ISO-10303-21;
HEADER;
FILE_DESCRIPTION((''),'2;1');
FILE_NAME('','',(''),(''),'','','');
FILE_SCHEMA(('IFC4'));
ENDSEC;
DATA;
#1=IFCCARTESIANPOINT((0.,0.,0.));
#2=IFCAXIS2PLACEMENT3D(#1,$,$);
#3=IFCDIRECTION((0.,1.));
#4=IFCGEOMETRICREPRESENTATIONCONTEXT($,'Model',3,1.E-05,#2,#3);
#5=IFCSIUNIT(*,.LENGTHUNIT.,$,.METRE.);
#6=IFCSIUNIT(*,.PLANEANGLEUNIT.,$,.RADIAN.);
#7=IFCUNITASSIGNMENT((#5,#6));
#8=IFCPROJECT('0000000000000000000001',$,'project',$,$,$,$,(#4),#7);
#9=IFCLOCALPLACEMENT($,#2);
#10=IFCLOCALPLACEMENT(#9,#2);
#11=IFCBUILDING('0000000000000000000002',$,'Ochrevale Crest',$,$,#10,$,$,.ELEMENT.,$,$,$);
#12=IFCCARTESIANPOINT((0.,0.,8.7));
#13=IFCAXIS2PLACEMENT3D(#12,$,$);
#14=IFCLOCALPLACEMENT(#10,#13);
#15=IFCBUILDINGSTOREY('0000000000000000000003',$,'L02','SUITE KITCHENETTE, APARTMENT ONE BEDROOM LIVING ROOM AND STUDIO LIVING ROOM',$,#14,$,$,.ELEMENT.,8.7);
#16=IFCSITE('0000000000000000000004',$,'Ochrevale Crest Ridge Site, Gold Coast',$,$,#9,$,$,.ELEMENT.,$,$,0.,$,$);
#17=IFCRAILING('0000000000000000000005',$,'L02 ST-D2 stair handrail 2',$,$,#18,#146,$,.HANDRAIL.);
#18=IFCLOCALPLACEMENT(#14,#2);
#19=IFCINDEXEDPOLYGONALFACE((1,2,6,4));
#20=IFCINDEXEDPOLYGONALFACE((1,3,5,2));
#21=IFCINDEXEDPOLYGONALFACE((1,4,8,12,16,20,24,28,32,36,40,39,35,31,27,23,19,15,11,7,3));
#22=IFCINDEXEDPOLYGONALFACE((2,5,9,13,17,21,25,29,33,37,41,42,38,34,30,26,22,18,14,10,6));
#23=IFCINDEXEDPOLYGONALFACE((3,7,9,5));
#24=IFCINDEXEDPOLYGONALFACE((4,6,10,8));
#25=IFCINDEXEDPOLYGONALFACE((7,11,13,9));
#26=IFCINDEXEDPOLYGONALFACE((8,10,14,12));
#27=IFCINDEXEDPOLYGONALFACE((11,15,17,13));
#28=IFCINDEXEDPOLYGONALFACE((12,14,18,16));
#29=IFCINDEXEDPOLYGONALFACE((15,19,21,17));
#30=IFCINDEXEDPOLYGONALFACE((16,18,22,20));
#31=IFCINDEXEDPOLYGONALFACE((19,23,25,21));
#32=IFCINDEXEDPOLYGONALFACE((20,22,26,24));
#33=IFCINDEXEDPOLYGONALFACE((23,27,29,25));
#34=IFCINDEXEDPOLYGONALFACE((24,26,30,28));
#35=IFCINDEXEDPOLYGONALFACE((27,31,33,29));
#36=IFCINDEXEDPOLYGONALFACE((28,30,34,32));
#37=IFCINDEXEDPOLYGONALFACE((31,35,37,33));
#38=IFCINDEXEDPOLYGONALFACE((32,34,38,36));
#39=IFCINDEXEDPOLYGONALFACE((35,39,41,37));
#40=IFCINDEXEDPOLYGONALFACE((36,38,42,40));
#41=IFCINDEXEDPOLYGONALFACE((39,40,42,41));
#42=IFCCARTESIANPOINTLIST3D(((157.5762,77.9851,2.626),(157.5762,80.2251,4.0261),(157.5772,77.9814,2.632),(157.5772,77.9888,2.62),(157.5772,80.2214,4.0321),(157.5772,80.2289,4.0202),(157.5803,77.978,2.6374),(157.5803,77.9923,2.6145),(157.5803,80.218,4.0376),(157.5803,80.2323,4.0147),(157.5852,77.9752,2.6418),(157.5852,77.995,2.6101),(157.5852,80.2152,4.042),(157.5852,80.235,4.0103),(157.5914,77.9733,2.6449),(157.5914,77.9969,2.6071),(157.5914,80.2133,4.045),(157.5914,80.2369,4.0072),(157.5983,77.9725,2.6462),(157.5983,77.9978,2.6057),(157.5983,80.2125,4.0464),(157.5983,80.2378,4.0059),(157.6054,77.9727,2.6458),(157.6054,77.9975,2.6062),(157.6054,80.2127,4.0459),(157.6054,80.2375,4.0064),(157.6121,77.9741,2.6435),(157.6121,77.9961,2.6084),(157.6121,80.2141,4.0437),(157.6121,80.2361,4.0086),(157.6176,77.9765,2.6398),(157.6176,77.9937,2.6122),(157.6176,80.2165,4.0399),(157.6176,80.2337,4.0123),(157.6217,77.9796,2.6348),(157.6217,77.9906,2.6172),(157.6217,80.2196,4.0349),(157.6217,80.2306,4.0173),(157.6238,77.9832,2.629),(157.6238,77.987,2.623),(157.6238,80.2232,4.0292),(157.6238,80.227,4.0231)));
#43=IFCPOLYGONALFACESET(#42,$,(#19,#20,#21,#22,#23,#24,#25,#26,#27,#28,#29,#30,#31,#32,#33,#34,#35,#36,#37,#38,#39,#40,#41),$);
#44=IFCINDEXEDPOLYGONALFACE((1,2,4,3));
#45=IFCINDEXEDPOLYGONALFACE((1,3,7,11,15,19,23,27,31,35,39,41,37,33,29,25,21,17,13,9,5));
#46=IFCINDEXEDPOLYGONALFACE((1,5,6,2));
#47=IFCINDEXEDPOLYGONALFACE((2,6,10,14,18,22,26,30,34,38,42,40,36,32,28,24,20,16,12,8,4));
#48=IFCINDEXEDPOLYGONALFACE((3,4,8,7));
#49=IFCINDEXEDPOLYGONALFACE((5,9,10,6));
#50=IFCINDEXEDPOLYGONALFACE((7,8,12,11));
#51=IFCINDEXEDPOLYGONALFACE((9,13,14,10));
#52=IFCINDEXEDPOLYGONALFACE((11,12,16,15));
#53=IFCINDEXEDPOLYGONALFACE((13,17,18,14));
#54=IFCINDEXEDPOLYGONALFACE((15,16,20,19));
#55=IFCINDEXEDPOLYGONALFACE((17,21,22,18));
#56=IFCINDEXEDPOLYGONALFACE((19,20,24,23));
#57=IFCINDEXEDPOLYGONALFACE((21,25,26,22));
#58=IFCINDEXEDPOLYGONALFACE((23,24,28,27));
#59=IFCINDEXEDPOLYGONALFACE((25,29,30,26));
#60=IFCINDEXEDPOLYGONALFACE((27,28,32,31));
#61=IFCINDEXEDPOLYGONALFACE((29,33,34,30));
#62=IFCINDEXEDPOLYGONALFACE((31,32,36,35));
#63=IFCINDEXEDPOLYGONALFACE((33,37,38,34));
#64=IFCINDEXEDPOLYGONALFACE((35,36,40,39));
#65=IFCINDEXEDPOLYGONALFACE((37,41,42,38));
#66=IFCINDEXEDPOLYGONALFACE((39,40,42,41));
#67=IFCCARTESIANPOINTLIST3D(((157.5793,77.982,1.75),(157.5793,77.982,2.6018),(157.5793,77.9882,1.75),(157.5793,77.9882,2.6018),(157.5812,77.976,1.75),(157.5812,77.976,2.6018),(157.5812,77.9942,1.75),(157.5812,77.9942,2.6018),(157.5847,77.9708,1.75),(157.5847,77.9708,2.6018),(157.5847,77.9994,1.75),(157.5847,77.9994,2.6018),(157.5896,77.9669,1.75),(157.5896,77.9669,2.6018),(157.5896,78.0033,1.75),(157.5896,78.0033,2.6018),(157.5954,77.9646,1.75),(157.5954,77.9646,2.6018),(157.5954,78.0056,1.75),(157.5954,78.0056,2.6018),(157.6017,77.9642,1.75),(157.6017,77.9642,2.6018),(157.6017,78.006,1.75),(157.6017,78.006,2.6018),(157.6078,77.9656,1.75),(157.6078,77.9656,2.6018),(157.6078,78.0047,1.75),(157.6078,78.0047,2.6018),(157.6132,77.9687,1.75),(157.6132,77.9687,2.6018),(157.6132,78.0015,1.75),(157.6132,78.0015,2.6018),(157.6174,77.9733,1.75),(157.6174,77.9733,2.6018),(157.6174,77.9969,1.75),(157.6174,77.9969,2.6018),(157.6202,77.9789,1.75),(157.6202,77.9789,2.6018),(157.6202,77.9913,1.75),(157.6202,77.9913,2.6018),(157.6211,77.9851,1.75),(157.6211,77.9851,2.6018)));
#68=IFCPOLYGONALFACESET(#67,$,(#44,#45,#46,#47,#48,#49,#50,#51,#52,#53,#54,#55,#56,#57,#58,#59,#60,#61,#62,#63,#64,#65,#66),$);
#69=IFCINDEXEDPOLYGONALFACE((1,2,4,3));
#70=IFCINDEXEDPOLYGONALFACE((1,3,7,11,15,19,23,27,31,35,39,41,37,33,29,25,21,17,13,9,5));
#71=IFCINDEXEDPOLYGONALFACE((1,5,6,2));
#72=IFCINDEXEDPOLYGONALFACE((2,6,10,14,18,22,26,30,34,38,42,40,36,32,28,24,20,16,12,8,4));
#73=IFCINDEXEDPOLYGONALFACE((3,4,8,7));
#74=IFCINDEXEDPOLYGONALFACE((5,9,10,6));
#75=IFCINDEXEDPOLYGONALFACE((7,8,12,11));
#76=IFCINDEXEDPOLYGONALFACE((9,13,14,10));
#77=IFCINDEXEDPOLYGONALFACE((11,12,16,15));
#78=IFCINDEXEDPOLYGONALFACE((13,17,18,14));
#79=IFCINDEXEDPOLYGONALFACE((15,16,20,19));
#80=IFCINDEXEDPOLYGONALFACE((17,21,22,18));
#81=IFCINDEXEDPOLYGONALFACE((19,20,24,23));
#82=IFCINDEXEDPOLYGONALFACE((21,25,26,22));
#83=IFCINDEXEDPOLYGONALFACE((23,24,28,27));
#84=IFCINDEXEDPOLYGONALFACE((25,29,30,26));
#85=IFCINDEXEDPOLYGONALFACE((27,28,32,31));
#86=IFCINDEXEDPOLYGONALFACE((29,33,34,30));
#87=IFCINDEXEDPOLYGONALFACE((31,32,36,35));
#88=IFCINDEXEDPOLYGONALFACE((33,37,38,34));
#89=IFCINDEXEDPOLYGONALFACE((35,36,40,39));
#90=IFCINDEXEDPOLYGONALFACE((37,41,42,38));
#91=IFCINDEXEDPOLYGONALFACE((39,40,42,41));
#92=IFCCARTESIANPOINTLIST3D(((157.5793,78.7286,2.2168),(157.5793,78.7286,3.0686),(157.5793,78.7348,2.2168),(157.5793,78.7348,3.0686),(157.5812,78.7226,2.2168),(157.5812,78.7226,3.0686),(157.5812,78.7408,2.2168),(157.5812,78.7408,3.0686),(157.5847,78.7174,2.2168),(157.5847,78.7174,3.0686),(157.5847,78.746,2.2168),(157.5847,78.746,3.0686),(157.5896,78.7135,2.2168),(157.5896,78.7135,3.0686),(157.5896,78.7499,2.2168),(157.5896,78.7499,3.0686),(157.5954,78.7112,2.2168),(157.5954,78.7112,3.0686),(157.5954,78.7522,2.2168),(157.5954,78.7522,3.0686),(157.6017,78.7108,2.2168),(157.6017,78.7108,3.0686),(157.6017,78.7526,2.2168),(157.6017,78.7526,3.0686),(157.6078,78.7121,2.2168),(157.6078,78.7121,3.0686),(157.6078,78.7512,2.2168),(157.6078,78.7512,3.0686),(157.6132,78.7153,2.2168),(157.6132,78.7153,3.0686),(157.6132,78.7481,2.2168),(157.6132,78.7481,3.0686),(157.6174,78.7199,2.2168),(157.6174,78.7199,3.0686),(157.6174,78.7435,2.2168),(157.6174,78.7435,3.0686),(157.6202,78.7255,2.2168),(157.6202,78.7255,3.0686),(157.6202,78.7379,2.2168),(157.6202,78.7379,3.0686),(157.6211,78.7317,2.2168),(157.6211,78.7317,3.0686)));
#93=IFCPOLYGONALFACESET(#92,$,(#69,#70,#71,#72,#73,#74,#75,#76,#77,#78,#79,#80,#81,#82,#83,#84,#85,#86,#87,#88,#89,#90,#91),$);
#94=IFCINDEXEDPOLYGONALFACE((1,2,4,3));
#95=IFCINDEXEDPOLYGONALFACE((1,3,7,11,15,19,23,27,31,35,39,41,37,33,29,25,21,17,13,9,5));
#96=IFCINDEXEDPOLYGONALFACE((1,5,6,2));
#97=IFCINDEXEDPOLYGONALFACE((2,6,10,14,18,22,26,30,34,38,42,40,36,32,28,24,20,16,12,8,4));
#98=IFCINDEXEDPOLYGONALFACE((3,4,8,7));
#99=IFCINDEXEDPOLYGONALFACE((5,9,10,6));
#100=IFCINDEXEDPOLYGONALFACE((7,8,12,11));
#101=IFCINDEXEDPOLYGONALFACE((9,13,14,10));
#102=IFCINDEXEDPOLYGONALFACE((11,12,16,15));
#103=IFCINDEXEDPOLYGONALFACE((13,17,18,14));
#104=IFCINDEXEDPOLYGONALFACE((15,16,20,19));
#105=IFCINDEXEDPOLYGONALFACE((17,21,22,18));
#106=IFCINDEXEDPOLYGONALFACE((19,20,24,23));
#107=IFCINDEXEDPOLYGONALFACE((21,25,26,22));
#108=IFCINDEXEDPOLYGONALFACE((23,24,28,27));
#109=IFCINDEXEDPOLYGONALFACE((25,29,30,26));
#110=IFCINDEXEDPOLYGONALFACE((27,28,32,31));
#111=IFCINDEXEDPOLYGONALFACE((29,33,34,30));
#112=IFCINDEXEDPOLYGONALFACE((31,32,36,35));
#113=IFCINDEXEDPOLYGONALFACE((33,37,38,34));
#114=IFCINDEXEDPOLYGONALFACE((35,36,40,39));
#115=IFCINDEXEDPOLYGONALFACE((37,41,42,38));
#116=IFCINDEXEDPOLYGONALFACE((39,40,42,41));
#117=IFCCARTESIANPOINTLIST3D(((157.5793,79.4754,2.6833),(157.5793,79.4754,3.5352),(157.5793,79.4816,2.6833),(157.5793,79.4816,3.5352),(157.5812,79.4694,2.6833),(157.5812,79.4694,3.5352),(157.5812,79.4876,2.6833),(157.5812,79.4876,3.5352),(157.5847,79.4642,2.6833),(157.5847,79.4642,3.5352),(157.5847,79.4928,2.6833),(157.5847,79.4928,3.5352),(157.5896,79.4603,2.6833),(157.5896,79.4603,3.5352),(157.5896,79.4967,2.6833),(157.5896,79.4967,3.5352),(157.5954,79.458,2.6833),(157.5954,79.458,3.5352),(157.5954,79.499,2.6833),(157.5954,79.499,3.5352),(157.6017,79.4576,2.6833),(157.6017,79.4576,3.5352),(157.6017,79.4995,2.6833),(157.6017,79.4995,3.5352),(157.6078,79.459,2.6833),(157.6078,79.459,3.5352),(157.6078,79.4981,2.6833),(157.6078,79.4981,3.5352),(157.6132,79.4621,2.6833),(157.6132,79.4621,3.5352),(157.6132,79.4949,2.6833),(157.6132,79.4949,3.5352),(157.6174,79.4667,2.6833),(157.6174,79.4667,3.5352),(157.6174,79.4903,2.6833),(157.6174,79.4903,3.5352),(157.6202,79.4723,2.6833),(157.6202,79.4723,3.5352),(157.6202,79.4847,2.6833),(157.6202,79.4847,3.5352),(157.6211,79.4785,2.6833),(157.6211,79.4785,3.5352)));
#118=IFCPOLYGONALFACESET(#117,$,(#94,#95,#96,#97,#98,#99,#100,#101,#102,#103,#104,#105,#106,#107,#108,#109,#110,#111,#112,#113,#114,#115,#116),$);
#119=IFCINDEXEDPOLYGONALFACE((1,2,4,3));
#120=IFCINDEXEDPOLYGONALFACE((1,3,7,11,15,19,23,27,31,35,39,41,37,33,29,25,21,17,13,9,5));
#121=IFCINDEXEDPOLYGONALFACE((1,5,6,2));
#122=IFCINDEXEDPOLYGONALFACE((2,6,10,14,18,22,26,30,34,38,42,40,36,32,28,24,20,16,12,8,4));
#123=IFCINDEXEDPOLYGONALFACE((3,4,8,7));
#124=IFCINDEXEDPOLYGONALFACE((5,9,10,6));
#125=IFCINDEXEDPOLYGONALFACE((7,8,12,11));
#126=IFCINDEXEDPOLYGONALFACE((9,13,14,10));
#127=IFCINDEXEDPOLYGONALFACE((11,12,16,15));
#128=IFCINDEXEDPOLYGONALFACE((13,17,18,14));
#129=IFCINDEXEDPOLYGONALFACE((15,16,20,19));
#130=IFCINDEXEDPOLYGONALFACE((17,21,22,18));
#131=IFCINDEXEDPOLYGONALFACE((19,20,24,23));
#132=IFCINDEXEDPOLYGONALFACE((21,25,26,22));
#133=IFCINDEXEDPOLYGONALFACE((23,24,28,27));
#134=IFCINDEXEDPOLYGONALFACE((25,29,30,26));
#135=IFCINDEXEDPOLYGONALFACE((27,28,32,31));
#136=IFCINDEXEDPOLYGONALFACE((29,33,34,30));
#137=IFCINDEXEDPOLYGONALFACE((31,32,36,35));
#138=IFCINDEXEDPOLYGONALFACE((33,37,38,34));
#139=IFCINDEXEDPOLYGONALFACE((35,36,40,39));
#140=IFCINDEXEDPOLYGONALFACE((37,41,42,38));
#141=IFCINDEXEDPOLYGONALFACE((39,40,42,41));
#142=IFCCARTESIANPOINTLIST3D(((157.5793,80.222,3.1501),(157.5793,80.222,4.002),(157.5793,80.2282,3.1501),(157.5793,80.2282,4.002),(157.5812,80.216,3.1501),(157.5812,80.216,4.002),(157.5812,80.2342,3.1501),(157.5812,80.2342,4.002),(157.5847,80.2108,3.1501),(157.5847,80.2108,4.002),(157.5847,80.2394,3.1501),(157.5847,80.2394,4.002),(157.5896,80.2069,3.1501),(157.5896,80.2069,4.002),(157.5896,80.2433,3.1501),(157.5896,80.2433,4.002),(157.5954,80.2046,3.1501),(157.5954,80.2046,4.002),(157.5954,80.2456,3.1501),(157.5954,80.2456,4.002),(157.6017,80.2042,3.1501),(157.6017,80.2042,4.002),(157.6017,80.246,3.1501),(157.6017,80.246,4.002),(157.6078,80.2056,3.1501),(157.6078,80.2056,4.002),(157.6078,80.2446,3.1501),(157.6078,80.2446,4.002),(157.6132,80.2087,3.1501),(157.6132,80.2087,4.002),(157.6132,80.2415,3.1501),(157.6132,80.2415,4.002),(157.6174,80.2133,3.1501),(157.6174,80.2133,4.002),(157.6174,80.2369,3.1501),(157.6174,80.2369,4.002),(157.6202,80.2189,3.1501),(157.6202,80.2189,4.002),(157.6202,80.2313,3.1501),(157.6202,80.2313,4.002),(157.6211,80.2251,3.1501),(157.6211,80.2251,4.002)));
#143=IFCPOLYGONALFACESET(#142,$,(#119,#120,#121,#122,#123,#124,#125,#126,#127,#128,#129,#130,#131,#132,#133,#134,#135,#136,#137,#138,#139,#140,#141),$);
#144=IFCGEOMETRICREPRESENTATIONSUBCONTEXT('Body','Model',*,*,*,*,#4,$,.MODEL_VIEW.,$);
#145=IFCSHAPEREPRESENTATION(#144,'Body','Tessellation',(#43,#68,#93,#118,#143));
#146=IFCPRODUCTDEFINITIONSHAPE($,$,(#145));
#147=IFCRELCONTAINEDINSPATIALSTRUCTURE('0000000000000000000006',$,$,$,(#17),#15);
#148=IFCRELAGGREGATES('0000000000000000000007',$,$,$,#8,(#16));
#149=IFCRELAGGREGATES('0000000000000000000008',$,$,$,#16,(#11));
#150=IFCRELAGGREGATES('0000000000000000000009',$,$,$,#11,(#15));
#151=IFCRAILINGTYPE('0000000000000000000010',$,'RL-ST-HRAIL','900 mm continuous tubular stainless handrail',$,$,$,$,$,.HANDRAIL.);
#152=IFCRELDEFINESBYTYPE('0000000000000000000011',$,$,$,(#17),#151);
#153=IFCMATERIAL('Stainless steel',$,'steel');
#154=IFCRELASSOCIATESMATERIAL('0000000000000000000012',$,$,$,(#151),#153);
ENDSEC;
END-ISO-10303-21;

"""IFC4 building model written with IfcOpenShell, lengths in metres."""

from ifc_helpers import new_model, si_unit, direction, frame, origin, origin_2d, place, context, subcontext, project, spatial, circle, extrude, material, type_object, element, save


model = new_model("IFC4")

# Units and contexts
model_context = context("Model", 3, precision=1e-05, world=origin(), true_north=direction((0.0, 1.0)))
body_context = subcontext(model_context, "Body", "Model", "MODEL_VIEW")
ifc_project = project(units=[si_unit("LENGTHUNIT", "METRE"), si_unit("PLANEANGLEUNIT", "RADIAN")], contexts=[model_context])

# Site, building, storey
site_placement = place(None, origin())
site = spatial("IfcSite", under=ifc_project, at=site_placement, Name="Ochrevale Crest Ridge Site, Gold Coast", CompositionType="ELEMENT", RefElevation=0.0)
building_placement = place(site_placement, origin())
building = spatial("IfcBuilding", under=site, at=building_placement, Name="Ochrevale Crest", CompositionType="ELEMENT")
storey_placement = place(building_placement, frame((0.0, 0.0, 8.7)))
storey = spatial("IfcBuildingStorey", under=building, at=storey_placement, Name="L02", Description="SUITE KITCHENETTE, APARTMENT ONE BEDROOM LIVING ROOM AND STUDIO LIVING ROOM", CompositionType="ELEMENT", Elevation=8.7)

# Railing
ifc_material_1 = material(Name="Stainless steel", Category="steel")
railing_type = type_object("IfcRailingType", Name="RL-ST-HRAIL", Description="900 mm continuous tubular stainless handrail", PredefinedType="HANDRAIL", material=ifc_material_1)
railing_placement = place(storey_placement, frame((157.6001, 77.9851, 1.75)))
element("IfcRailing", 1, at=railing_placement, inside=storey, type_object=railing_type, Name="L02 ST-D2 stair handrail 2", PredefinedType="HANDRAIL", context=body_context, shape_type="SweptSolid", body=[
    extrude(circle(Radius=0.0239, at=origin_2d()), frame((0.0, 0.0, 0.876), z_axis=(0.0, 0.847972, 0.53004), x_axis=(-1.0, 0.0, 0.0)), (0.0, 0.0, 1.0), 2.6416),
    extrude(circle(Radius=0.021, at=origin_2d()), origin(), (0.0, 0.0, 1.0), 0.8518),
    extrude(circle(Radius=0.021, at=origin_2d()), frame((0.0, 0.7466, 0.4668)), (0.0, 0.0, 1.0), 0.8518),
    extrude(circle(Radius=0.021, at=origin_2d()), frame((0.0, 1.4934, 0.9333)), (0.0, 0.0, 1.0), 0.8518),
    extrude(circle(Radius=0.021, at=origin_2d()), frame((0.0, 2.24, 1.4001)), (0.0, 0.0, 1.0), 0.8518),
])

save(model, "model.ifc")
